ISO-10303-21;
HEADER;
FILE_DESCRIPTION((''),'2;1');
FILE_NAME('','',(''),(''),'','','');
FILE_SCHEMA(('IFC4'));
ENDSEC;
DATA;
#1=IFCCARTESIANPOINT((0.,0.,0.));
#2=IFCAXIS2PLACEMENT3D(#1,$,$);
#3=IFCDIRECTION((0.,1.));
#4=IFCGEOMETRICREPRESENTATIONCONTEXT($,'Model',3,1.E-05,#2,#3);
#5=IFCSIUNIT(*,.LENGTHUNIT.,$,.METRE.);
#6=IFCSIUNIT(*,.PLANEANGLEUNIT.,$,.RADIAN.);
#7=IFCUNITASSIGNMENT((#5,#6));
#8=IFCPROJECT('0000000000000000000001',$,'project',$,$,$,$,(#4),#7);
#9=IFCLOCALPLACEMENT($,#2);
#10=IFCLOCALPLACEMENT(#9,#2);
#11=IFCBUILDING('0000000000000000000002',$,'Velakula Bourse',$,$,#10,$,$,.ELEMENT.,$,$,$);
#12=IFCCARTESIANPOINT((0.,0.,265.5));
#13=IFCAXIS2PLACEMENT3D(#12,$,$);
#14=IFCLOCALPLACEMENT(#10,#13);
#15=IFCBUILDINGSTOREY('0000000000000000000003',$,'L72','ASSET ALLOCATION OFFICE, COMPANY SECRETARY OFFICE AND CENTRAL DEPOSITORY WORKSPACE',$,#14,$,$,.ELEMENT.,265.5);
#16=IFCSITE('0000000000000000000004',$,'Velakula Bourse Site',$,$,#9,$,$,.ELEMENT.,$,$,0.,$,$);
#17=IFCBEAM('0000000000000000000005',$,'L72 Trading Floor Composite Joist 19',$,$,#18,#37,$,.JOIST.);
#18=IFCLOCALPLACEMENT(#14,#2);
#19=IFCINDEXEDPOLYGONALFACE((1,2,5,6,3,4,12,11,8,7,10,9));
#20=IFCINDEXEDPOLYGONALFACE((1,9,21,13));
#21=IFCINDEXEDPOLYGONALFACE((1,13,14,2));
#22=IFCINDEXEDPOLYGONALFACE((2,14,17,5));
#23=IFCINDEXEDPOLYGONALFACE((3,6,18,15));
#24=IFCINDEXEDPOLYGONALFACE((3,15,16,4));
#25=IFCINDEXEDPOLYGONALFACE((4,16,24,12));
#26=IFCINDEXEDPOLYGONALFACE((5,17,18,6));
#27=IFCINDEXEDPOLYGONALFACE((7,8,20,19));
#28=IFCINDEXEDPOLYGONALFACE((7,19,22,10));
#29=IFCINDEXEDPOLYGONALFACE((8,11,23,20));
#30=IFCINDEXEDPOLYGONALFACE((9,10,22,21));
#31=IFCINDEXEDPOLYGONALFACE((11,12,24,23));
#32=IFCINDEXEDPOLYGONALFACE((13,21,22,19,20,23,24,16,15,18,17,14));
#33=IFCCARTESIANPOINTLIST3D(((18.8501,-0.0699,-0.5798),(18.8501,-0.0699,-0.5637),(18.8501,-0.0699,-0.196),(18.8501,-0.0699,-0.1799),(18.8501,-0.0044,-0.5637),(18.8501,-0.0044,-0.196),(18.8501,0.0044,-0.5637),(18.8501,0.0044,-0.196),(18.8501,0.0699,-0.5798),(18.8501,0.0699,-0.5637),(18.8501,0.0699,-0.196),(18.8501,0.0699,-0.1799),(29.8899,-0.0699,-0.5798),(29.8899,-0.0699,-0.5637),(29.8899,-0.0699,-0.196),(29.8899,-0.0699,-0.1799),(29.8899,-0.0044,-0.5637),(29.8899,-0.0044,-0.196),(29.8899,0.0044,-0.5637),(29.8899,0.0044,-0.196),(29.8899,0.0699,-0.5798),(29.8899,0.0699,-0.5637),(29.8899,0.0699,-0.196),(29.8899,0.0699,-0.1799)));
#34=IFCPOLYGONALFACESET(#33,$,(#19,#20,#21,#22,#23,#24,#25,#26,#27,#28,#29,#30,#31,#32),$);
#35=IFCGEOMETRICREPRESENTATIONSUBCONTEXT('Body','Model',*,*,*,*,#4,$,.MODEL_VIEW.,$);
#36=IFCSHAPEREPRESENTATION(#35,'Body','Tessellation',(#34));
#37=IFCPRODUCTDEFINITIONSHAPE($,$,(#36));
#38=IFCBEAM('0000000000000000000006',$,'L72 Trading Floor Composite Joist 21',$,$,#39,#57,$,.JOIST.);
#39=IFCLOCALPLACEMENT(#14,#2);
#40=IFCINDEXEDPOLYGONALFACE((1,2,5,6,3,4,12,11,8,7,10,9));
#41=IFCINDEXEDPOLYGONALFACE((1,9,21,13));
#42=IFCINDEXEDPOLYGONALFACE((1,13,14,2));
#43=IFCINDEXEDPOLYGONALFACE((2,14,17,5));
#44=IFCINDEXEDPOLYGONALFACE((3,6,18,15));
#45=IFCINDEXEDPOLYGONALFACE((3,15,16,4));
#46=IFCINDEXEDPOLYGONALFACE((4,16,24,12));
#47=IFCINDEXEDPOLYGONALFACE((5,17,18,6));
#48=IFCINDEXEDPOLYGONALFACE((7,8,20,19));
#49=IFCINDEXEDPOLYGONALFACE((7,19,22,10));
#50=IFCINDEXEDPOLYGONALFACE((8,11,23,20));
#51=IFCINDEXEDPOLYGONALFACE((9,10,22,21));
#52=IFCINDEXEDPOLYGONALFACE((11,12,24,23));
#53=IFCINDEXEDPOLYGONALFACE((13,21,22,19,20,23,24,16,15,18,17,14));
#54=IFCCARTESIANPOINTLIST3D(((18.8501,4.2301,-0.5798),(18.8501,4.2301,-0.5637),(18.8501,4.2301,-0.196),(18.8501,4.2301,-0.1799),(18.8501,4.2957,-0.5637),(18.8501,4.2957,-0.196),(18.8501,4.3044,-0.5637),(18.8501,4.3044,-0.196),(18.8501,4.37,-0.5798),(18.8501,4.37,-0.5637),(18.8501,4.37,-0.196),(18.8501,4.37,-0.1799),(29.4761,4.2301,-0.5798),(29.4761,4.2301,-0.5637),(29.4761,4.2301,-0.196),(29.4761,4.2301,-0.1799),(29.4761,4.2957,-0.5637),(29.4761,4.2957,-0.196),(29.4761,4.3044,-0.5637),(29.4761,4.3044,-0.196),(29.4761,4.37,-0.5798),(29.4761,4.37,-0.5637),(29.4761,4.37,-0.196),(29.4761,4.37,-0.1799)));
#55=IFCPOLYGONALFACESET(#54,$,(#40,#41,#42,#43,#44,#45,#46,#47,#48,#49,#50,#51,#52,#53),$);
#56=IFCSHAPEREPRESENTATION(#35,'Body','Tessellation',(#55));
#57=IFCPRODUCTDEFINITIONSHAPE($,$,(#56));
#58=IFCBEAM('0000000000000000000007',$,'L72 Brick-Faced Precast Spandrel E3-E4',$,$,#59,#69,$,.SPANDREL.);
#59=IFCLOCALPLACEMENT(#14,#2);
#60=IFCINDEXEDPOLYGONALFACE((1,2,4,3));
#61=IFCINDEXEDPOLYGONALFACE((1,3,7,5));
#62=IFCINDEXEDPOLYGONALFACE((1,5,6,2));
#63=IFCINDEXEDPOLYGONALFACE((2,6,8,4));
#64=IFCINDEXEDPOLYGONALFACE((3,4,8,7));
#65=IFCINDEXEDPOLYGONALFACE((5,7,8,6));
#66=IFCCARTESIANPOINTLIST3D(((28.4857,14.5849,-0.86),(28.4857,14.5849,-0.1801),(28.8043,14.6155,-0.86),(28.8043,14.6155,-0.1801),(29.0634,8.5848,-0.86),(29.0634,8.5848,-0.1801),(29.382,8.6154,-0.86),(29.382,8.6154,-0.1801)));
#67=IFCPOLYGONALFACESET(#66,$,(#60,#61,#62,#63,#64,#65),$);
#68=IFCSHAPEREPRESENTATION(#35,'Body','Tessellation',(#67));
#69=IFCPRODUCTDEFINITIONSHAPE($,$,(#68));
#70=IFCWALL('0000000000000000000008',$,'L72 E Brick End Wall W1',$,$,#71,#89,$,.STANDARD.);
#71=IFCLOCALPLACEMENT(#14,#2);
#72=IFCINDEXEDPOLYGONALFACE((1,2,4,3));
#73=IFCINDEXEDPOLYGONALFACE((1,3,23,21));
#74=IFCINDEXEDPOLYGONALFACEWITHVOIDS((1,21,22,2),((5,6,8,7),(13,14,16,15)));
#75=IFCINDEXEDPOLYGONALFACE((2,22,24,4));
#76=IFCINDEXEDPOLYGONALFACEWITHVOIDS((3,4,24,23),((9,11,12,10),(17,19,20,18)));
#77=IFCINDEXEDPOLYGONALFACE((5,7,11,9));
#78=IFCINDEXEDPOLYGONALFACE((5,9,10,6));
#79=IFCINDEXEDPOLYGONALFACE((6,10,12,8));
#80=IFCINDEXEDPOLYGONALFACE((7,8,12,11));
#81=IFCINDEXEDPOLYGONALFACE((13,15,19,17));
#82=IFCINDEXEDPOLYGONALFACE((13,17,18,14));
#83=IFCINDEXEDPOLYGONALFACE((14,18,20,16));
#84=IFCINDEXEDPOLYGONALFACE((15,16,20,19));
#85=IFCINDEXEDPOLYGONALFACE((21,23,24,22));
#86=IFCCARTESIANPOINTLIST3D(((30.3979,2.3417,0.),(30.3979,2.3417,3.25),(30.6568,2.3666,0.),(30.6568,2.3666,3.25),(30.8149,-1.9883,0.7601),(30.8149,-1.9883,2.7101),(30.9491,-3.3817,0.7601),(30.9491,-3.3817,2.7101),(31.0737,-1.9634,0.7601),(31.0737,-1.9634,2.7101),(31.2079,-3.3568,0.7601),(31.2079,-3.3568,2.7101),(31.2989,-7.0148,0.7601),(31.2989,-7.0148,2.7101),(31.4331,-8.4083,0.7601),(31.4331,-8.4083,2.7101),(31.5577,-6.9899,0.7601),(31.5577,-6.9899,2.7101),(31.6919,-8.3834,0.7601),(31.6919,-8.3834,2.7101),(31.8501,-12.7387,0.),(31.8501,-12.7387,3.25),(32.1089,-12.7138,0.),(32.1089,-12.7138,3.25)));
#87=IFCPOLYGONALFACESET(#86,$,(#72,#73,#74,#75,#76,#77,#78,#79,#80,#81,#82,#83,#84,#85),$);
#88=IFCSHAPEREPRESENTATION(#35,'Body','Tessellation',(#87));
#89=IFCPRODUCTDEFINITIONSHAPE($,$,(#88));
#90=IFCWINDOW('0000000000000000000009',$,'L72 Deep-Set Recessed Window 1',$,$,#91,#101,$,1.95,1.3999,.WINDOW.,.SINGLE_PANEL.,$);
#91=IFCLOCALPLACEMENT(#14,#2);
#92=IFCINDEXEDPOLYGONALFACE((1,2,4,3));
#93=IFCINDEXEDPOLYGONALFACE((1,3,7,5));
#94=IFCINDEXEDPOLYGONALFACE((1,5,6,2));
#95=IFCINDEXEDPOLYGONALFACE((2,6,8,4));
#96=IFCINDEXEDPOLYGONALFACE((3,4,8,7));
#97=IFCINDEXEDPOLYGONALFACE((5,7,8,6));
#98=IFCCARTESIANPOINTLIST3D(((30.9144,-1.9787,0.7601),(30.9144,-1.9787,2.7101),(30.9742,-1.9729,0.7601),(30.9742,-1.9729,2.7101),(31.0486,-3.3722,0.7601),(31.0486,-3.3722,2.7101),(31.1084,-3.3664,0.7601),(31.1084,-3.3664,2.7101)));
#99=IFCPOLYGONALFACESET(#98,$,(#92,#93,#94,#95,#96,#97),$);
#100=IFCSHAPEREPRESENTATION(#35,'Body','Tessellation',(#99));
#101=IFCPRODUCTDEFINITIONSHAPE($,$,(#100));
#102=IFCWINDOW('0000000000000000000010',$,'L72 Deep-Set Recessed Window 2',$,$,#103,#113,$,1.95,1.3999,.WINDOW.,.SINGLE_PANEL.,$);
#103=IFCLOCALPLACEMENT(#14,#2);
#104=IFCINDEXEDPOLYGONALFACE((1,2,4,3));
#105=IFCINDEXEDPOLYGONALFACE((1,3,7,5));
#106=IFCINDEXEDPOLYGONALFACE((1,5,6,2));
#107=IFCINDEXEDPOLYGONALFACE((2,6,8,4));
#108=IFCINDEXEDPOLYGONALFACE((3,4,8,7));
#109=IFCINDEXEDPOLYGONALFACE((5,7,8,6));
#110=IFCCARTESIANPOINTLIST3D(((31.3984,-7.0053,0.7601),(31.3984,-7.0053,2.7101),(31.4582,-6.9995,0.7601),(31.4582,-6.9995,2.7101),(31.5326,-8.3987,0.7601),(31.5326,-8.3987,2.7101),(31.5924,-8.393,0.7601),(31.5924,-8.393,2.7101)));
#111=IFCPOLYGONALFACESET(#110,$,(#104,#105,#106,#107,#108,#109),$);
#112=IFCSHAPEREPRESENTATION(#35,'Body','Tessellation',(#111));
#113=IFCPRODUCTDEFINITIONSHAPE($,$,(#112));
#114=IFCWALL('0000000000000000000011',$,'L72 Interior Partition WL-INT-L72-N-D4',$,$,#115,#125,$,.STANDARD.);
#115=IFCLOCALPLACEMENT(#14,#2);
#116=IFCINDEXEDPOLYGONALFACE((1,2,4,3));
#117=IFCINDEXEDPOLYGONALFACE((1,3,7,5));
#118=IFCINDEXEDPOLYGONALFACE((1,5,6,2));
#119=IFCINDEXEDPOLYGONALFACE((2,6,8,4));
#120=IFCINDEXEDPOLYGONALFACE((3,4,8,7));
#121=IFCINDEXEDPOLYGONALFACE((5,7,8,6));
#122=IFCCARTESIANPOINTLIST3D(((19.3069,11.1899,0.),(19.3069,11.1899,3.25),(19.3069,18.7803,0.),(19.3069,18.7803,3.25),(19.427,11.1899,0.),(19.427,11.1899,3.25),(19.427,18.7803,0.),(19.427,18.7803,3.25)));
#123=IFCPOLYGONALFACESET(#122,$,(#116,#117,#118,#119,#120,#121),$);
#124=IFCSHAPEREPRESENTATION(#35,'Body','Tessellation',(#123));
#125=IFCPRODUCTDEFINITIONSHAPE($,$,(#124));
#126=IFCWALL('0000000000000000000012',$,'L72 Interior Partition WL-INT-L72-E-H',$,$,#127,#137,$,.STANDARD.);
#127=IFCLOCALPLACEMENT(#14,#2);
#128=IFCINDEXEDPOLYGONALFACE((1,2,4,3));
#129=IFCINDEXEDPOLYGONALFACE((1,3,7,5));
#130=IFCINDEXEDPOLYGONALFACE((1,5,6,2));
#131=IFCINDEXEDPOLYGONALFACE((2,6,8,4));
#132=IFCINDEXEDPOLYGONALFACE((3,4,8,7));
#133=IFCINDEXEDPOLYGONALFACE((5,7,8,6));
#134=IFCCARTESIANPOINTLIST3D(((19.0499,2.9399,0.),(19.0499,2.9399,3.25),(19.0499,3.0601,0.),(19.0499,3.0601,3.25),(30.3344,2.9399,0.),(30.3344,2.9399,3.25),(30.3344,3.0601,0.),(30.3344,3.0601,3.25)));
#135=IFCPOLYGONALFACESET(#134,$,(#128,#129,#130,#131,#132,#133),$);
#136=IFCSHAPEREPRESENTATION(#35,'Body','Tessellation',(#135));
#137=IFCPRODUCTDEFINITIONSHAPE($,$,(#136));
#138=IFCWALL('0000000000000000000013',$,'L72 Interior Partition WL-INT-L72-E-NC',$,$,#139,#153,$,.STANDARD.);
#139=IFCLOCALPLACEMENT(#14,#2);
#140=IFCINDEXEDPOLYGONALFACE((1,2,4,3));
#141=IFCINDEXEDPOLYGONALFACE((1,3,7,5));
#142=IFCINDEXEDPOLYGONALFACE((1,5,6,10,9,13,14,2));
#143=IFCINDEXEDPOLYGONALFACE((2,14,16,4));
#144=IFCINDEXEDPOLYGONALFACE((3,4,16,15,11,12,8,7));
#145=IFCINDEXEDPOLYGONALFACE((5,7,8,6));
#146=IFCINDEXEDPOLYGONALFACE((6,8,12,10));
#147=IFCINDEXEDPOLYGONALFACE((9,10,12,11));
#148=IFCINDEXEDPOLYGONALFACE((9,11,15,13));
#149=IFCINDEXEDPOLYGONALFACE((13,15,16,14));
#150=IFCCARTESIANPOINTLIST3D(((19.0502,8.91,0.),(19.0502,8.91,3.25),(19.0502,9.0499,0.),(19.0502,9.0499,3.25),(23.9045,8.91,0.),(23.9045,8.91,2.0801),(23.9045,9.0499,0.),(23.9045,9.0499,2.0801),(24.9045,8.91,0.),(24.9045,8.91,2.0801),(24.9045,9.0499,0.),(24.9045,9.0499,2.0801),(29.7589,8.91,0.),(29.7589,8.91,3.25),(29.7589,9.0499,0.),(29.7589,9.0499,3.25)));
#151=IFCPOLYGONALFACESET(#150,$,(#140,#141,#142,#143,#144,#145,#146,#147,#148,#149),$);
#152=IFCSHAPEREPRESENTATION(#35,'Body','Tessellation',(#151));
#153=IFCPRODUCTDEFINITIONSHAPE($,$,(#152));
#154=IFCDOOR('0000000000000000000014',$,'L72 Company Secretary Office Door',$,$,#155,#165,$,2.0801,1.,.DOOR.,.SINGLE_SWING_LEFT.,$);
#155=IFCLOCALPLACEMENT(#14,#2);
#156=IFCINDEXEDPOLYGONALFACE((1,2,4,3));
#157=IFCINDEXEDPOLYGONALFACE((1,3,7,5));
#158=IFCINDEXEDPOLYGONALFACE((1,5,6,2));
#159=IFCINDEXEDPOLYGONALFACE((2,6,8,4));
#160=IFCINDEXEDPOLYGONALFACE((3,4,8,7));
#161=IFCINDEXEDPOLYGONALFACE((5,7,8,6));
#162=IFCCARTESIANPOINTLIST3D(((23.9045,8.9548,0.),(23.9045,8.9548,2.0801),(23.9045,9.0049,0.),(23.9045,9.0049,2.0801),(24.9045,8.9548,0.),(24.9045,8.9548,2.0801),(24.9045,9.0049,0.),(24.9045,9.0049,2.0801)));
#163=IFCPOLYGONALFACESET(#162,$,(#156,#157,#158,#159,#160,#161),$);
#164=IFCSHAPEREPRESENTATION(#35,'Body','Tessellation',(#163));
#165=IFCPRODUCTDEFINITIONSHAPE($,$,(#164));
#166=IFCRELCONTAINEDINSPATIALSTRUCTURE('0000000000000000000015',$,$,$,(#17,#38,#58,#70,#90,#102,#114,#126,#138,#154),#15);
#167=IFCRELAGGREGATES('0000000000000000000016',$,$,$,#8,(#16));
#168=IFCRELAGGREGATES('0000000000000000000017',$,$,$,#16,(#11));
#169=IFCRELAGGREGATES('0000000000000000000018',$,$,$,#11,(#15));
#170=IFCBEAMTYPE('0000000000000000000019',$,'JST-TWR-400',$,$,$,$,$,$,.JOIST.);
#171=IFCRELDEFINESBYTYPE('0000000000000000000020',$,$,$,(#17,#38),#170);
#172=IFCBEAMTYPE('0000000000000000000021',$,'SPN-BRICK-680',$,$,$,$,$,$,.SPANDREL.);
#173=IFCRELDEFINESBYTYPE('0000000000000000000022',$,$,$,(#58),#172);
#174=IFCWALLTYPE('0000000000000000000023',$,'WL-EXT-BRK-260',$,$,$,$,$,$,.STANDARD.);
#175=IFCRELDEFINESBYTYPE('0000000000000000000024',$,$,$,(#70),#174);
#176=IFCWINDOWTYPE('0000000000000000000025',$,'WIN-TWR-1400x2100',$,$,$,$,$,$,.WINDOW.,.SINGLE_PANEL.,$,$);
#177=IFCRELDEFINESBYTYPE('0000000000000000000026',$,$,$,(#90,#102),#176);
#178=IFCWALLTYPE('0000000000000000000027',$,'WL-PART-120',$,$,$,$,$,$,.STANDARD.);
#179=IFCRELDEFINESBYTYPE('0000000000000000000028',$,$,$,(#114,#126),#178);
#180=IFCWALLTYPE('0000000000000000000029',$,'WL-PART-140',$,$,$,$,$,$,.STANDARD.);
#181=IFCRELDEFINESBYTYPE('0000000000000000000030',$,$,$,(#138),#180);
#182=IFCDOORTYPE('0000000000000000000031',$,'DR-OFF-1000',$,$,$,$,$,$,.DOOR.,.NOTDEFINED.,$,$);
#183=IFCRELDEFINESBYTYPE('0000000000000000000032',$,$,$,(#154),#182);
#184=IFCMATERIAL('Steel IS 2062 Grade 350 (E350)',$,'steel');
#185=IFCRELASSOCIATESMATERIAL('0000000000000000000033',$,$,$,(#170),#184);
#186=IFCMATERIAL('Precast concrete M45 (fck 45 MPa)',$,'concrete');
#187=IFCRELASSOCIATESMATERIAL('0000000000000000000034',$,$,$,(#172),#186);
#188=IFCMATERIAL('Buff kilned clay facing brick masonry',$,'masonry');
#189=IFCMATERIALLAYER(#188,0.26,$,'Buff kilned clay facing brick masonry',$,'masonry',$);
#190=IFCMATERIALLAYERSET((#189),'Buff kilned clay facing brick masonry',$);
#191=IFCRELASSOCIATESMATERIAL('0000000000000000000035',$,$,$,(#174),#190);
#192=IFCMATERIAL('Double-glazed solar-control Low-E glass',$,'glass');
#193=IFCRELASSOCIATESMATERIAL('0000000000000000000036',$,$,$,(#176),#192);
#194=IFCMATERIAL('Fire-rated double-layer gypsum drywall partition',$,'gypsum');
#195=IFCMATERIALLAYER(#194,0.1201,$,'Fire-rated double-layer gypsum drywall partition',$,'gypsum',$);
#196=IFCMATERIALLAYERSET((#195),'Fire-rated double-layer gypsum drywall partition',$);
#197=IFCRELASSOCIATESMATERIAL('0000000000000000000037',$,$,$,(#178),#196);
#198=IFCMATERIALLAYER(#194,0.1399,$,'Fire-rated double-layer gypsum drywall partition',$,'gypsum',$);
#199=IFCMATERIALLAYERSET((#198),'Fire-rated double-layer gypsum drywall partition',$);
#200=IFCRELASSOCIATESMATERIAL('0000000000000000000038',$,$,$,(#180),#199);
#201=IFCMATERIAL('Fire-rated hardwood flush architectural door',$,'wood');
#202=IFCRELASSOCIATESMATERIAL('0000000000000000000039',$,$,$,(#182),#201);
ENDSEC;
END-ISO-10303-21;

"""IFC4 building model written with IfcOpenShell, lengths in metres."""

from ifc_helpers import new_model, si_unit, direction, frame, frame_2d, origin, origin_2d, place, context, subcontext, project, spatial, rectangle, i_section, extrude, material, layer, layer_set, material_profile, profile_set, type_object, element, fill, save


model = new_model("IFC4")

# Units and contexts
model_context = context("Model", 3, precision=1e-05, world=origin(), true_north=direction((0.0, 1.0)))
body_context = subcontext(model_context, "Body", "Model", "MODEL_VIEW")
ifc_project = project(units=[si_unit("LENGTHUNIT", "METRE"), si_unit("PLANEANGLEUNIT", "RADIAN")], contexts=[model_context])

# Site, building, storey
site_placement = place(None, origin())
site = spatial("IfcSite", under=ifc_project, at=site_placement, Name="Velakula Bourse Site", CompositionType="ELEMENT", RefElevation=0.0)
building_placement = place(site_placement, origin())
building = spatial("IfcBuilding", under=site, at=building_placement, Name="Velakula Bourse", CompositionType="ELEMENT")
storey_placement = place(building_placement, frame((0.0, 0.0, 265.5)))
storey = spatial("IfcBuildingStorey", under=building, at=storey_placement, Name="L72", Description="ASSET ALLOCATION OFFICE, COMPANY SECRETARY OFFICE AND CENTRAL DEPOSITORY WORKSPACE", CompositionType="ELEMENT", Elevation=265.5)

# Shared definitions
ifc_material_1 = material(Name="Steel IS 2062 Grade 350 (E350)", Category="steel")

# Beams
ifc_material_profile_1 = material_profile(ifc_material_1, i_section(OverallWidth=0.1399, OverallDepth=0.3999, WebThickness=0.0088, FlangeThickness=0.0161, at=origin_2d()), Name="Steel IS 2062 Grade 350 (E350)")
ifc_profile_set_1 = profile_set([ifc_material_profile_1], Name="Steel IS 2062 Grade 350 (E350)")
beam_type_1 = type_object("IfcBeamType", Name="JST-TWR-400", PredefinedType="JOIST", material=ifc_profile_set_1)
beam_1_placement = place(storey_placement, frame((18.8501, 0.0, -0.3799), z_axis=(1.0, 0.0, 0.0), x_axis=(0.0, 1.0, 0.0)))
element("IfcBeam", 1, at=beam_1_placement, inside=storey, type_object=beam_type_1, Name="L72 Trading Floor Composite Joist 19", PredefinedType="JOIST", context=body_context, shape_type="SweptSolid", body=[
    extrude(i_section(OverallWidth=0.1399, OverallDepth=0.3999, WebThickness=0.0088, FlangeThickness=0.0161, at=origin_2d()), origin(), (0.0, 0.0, 1.0), 11.0398),
])
beam_2_placement = place(storey_placement, frame((18.8501, 4.3, -0.3799), z_axis=(1.0, 0.0, 0.0), x_axis=(0.0, 1.0, 0.0)))
element("IfcBeam", 2, at=beam_2_placement, inside=storey, type_object=beam_type_1, Name="L72 Trading Floor Composite Joist 21", PredefinedType="JOIST", context=body_context, shape_type="SweptSolid", body=[
    extrude(i_section(OverallWidth=0.1399, OverallDepth=0.3999, WebThickness=0.0088, FlangeThickness=0.0161, at=origin_2d()), origin(), (0.0, 0.0, 1.0), 10.626),
])
ifc_material_2 = material(Name="Precast concrete M45 (fck 45 MPa)", Category="concrete")
ifc_material_profile_2 = material_profile(ifc_material_2, rectangle(XDim=0.3201, YDim=0.6799, at=origin_2d()), Name="Precast concrete M45 (fck 45 MPa)")
ifc_profile_set_2 = profile_set([ifc_material_profile_2], Name="Precast concrete M45 (fck 45 MPa)")
beam_type_2 = type_object("IfcBeamType", Name="SPN-BRICK-680", PredefinedType="SPANDREL", material=ifc_profile_set_2)
beam_3_placement = place(storey_placement, frame((29.2227, 8.6001, -0.52), z_axis=(-0.09583, 0.995398, 0.0), x_axis=(-0.995398, -0.09583, 0.0)))
element("IfcBeam", 3, at=beam_3_placement, inside=storey, type_object=beam_type_2, Name="L72 Brick-Faced Precast Spandrel E3-E4", PredefinedType="SPANDREL", context=body_context, shape_type="SweptSolid", body=[
    extrude(rectangle(XDim=0.3201, YDim=0.6799, at=origin_2d()), origin(), (0.0, 0.0, 1.0), 6.0278),
])

# Wall, openings, windows
ifc_material_3 = material(Name="Buff kilned clay facing brick masonry", Category="masonry")
ifc_layer_1 = layer(ifc_material_3, 0.26, Name="Buff kilned clay facing brick masonry", Category="masonry")
ifc_layer_set_1 = layer_set([ifc_layer_1], Name="Buff kilned clay facing brick masonry")
wall_type_1 = type_object("IfcWallType", Name="WL-EXT-BRK-260", PredefinedType="STANDARD", material=ifc_layer_set_1)
wall_1_placement = place(storey_placement, frame((30.5273, 2.3542, 0.0), z_axis=(0.0, 0.0, 1.0), x_axis=(0.095851, -0.995396, 0.0)))
wall_1 = element("IfcWall", 4, at=wall_1_placement, inside=storey, type_object=wall_type_1, Name="L72 E Brick End Wall W1", PredefinedType="STANDARD", context=body_context, shape_type="SweptSolid", body=[
    extrude(rectangle(XDim=15.1501, YDim=0.26, at=frame_2d((7.5752, 0.0))), origin(), (0.0, 0.0, 1.0), 3.25),
])
opening_1_placement = place(wall_1_placement, frame((4.3501, 0.0, 0.76)))
opening_1 = element("IfcOpeningElement", 5, at=opening_1_placement, cuts=wall_1, PredefinedType="OPENING", context=body_context, shape_type="SweptSolid", body=[
    extrude(rectangle(XDim=1.3999, YDim=1.95, at=frame_2d((0.7, 0.9751))), frame((0.0, 0.1399, 0.0), z_axis=(0.0, -1.0, 0.0), x_axis=(1.0, 0.0, 0.0)), (0.0, 0.0, 1.0), 0.28),
])
opening_2_placement = place(wall_1_placement, frame((9.3999, 0.0, 0.76)))
opening_2 = element("IfcOpeningElement", 6, at=opening_2_placement, cuts=wall_1, PredefinedType="OPENING", context=body_context, shape_type="SweptSolid", body=[
    extrude(rectangle(XDim=1.3999, YDim=1.95, at=frame_2d((0.7, 0.9751))), frame((0.0, 0.1399, 0.0), z_axis=(0.0, -1.0, 0.0), x_axis=(1.0, 0.0, 0.0)), (0.0, 0.0, 1.0), 0.28),
])
ifc_material_4 = material(Name="Double-glazed solar-control Low-E glass", Category="glass")
window_type = type_object("IfcWindowType", Name="WIN-TWR-1400x2100", PartitioningType="SINGLE_PANEL", PredefinedType="WINDOW", material=ifc_material_4)
window_1_placement = place(opening_1_placement, origin())
window_1 = element("IfcWindow", 7, at=window_1_placement, inside=storey, type_object=window_type, Name="L72 Deep-Set Recessed Window 1", OverallHeight=1.95, OverallWidth=1.3999, PartitioningType="SINGLE_PANEL", PredefinedType="WINDOW", context=body_context, shape_type="SweptSolid", body=[
    extrude(rectangle(XDim=1.3999, YDim=1.95, at=frame_2d((0.7, 0.9751))), frame((0.0, 0.03, 0.0), z_axis=(0.0, -1.0, 0.0), x_axis=(1.0, 0.0, 0.0)), (0.0, 0.0, 1.0), 0.0601),
])
fill(opening_1, window_1)
window_2_placement = place(opening_2_placement, origin())
window_2 = element("IfcWindow", 8, at=window_2_placement, inside=storey, type_object=window_type, Name="L72 Deep-Set Recessed Window 2", OverallHeight=1.95, OverallWidth=1.3999, PartitioningType="SINGLE_PANEL", PredefinedType="WINDOW", context=body_context, shape_type="SweptSolid", body=[
    extrude(rectangle(XDim=1.3999, YDim=1.95, at=frame_2d((0.7, 0.9751))), frame((0.0, 0.03, 0.0), z_axis=(0.0, -1.0, 0.0), x_axis=(1.0, 0.0, 0.0)), (0.0, 0.0, 1.0), 0.0601),
])
fill(opening_2, window_2)

# Walls
ifc_material_5 = material(Name="Fire-rated double-layer gypsum drywall partition", Category="gypsum")
ifc_layer_2 = layer(ifc_material_5, 0.1201, Name="Fire-rated double-layer gypsum drywall partition", Category="gypsum")
ifc_layer_set_2 = layer_set([ifc_layer_2], Name="Fire-rated double-layer gypsum drywall partition")
wall_type_2 = type_object("IfcWallType", Name="WL-PART-120", PredefinedType="STANDARD", material=ifc_layer_set_2)
wall_2_placement = place(storey_placement, frame((19.3669, 11.1899, 0.0), z_axis=(0.0, 0.0, 1.0), x_axis=(0.0, 1.0, 0.0)))
element("IfcWall", 9, at=wall_2_placement, inside=storey, type_object=wall_type_2, Name="L72 Interior Partition WL-INT-L72-N-D4", PredefinedType="STANDARD", context=body_context, shape_type="SweptSolid", body=[
    extrude(rectangle(XDim=7.5903, YDim=0.1201, at=frame_2d((3.7952, 0.0))), origin(), (0.0, 0.0, 1.0), 3.25),
])
wall_3_placement = place(storey_placement, frame((19.05, 3.0, 0.0), z_axis=(0.0, 0.0, 1.0), x_axis=(1.0, 0.0, 0.0)))
element("IfcWall", 10, at=wall_3_placement, inside=storey, type_object=wall_type_2, Name="L72 Interior Partition WL-INT-L72-E-H", PredefinedType="STANDARD", context=body_context, shape_type="SweptSolid", body=[
    extrude(rectangle(XDim=11.2844, YDim=0.1201, at=frame_2d((5.6421, 0.0))), origin(), (0.0, 0.0, 1.0), 3.25),
])

# Wall, opening, door
ifc_layer_3 = layer(ifc_material_5, 0.1399, Name="Fire-rated double-layer gypsum drywall partition", Category="gypsum")
ifc_layer_set_3 = layer_set([ifc_layer_3], Name="Fire-rated double-layer gypsum drywall partition")
wall_type_3 = type_object("IfcWallType", Name="WL-PART-140", PredefinedType="STANDARD", material=ifc_layer_set_3)
wall_4_placement = place(storey_placement, frame((19.05, 8.98, 0.0), z_axis=(0.0, 0.0, 1.0), x_axis=(1.0, 0.0, 0.0)))
wall_4 = element("IfcWall", 11, at=wall_4_placement, inside=storey, type_object=wall_type_3, Name="L72 Interior Partition WL-INT-L72-E-NC", PredefinedType="STANDARD", context=body_context, shape_type="SweptSolid", body=[
    extrude(rectangle(XDim=10.7087, YDim=0.1399, at=frame_2d((5.3545, 0.0))), origin(), (0.0, 0.0, 1.0), 3.25),
])
opening_3_placement = place(wall_4_placement, frame((4.8545, 0.0, 0.0)))
opening_3 = element("IfcOpeningElement", 12, at=opening_3_placement, cuts=wall_4, PredefinedType="OPENING", context=body_context, shape_type="SweptSolid", body=[
    extrude(rectangle(XDim=1.0, YDim=2.0801, at=frame_2d((0.5, 1.04))), frame((0.0, 0.0798, 0.0), z_axis=(0.0, -1.0, 0.0), x_axis=(1.0, 0.0, 0.0)), (0.0, 0.0, 1.0), 0.1599),
])
ifc_material_6 = material(Name="Fire-rated hardwood flush architectural door", Category="wood")
door_type = type_object("IfcDoorType", Name="DR-OFF-1000", OperationType="NOTDEFINED", PredefinedType="DOOR", material=ifc_material_6)
door_placement = place(opening_3_placement, origin())
door = element("IfcDoor", 13, at=door_placement, inside=storey, type_object=door_type, Name="L72 Company Secretary Office Door", OperationType="SINGLE_SWING_LEFT", OverallHeight=2.0801, OverallWidth=1.0, PredefinedType="DOOR", context=body_context, shape_type="SweptSolid", body=[
    extrude(rectangle(XDim=1.0, YDim=2.0801, at=frame_2d((0.5, 1.04))), frame((0.0, 0.0249, 0.0), z_axis=(0.0, -1.0, 0.0), x_axis=(1.0, 0.0, 0.0)), (0.0, 0.0, 1.0), 0.05),
])
fill(opening_3, door)

save(model, "model.ifc")
